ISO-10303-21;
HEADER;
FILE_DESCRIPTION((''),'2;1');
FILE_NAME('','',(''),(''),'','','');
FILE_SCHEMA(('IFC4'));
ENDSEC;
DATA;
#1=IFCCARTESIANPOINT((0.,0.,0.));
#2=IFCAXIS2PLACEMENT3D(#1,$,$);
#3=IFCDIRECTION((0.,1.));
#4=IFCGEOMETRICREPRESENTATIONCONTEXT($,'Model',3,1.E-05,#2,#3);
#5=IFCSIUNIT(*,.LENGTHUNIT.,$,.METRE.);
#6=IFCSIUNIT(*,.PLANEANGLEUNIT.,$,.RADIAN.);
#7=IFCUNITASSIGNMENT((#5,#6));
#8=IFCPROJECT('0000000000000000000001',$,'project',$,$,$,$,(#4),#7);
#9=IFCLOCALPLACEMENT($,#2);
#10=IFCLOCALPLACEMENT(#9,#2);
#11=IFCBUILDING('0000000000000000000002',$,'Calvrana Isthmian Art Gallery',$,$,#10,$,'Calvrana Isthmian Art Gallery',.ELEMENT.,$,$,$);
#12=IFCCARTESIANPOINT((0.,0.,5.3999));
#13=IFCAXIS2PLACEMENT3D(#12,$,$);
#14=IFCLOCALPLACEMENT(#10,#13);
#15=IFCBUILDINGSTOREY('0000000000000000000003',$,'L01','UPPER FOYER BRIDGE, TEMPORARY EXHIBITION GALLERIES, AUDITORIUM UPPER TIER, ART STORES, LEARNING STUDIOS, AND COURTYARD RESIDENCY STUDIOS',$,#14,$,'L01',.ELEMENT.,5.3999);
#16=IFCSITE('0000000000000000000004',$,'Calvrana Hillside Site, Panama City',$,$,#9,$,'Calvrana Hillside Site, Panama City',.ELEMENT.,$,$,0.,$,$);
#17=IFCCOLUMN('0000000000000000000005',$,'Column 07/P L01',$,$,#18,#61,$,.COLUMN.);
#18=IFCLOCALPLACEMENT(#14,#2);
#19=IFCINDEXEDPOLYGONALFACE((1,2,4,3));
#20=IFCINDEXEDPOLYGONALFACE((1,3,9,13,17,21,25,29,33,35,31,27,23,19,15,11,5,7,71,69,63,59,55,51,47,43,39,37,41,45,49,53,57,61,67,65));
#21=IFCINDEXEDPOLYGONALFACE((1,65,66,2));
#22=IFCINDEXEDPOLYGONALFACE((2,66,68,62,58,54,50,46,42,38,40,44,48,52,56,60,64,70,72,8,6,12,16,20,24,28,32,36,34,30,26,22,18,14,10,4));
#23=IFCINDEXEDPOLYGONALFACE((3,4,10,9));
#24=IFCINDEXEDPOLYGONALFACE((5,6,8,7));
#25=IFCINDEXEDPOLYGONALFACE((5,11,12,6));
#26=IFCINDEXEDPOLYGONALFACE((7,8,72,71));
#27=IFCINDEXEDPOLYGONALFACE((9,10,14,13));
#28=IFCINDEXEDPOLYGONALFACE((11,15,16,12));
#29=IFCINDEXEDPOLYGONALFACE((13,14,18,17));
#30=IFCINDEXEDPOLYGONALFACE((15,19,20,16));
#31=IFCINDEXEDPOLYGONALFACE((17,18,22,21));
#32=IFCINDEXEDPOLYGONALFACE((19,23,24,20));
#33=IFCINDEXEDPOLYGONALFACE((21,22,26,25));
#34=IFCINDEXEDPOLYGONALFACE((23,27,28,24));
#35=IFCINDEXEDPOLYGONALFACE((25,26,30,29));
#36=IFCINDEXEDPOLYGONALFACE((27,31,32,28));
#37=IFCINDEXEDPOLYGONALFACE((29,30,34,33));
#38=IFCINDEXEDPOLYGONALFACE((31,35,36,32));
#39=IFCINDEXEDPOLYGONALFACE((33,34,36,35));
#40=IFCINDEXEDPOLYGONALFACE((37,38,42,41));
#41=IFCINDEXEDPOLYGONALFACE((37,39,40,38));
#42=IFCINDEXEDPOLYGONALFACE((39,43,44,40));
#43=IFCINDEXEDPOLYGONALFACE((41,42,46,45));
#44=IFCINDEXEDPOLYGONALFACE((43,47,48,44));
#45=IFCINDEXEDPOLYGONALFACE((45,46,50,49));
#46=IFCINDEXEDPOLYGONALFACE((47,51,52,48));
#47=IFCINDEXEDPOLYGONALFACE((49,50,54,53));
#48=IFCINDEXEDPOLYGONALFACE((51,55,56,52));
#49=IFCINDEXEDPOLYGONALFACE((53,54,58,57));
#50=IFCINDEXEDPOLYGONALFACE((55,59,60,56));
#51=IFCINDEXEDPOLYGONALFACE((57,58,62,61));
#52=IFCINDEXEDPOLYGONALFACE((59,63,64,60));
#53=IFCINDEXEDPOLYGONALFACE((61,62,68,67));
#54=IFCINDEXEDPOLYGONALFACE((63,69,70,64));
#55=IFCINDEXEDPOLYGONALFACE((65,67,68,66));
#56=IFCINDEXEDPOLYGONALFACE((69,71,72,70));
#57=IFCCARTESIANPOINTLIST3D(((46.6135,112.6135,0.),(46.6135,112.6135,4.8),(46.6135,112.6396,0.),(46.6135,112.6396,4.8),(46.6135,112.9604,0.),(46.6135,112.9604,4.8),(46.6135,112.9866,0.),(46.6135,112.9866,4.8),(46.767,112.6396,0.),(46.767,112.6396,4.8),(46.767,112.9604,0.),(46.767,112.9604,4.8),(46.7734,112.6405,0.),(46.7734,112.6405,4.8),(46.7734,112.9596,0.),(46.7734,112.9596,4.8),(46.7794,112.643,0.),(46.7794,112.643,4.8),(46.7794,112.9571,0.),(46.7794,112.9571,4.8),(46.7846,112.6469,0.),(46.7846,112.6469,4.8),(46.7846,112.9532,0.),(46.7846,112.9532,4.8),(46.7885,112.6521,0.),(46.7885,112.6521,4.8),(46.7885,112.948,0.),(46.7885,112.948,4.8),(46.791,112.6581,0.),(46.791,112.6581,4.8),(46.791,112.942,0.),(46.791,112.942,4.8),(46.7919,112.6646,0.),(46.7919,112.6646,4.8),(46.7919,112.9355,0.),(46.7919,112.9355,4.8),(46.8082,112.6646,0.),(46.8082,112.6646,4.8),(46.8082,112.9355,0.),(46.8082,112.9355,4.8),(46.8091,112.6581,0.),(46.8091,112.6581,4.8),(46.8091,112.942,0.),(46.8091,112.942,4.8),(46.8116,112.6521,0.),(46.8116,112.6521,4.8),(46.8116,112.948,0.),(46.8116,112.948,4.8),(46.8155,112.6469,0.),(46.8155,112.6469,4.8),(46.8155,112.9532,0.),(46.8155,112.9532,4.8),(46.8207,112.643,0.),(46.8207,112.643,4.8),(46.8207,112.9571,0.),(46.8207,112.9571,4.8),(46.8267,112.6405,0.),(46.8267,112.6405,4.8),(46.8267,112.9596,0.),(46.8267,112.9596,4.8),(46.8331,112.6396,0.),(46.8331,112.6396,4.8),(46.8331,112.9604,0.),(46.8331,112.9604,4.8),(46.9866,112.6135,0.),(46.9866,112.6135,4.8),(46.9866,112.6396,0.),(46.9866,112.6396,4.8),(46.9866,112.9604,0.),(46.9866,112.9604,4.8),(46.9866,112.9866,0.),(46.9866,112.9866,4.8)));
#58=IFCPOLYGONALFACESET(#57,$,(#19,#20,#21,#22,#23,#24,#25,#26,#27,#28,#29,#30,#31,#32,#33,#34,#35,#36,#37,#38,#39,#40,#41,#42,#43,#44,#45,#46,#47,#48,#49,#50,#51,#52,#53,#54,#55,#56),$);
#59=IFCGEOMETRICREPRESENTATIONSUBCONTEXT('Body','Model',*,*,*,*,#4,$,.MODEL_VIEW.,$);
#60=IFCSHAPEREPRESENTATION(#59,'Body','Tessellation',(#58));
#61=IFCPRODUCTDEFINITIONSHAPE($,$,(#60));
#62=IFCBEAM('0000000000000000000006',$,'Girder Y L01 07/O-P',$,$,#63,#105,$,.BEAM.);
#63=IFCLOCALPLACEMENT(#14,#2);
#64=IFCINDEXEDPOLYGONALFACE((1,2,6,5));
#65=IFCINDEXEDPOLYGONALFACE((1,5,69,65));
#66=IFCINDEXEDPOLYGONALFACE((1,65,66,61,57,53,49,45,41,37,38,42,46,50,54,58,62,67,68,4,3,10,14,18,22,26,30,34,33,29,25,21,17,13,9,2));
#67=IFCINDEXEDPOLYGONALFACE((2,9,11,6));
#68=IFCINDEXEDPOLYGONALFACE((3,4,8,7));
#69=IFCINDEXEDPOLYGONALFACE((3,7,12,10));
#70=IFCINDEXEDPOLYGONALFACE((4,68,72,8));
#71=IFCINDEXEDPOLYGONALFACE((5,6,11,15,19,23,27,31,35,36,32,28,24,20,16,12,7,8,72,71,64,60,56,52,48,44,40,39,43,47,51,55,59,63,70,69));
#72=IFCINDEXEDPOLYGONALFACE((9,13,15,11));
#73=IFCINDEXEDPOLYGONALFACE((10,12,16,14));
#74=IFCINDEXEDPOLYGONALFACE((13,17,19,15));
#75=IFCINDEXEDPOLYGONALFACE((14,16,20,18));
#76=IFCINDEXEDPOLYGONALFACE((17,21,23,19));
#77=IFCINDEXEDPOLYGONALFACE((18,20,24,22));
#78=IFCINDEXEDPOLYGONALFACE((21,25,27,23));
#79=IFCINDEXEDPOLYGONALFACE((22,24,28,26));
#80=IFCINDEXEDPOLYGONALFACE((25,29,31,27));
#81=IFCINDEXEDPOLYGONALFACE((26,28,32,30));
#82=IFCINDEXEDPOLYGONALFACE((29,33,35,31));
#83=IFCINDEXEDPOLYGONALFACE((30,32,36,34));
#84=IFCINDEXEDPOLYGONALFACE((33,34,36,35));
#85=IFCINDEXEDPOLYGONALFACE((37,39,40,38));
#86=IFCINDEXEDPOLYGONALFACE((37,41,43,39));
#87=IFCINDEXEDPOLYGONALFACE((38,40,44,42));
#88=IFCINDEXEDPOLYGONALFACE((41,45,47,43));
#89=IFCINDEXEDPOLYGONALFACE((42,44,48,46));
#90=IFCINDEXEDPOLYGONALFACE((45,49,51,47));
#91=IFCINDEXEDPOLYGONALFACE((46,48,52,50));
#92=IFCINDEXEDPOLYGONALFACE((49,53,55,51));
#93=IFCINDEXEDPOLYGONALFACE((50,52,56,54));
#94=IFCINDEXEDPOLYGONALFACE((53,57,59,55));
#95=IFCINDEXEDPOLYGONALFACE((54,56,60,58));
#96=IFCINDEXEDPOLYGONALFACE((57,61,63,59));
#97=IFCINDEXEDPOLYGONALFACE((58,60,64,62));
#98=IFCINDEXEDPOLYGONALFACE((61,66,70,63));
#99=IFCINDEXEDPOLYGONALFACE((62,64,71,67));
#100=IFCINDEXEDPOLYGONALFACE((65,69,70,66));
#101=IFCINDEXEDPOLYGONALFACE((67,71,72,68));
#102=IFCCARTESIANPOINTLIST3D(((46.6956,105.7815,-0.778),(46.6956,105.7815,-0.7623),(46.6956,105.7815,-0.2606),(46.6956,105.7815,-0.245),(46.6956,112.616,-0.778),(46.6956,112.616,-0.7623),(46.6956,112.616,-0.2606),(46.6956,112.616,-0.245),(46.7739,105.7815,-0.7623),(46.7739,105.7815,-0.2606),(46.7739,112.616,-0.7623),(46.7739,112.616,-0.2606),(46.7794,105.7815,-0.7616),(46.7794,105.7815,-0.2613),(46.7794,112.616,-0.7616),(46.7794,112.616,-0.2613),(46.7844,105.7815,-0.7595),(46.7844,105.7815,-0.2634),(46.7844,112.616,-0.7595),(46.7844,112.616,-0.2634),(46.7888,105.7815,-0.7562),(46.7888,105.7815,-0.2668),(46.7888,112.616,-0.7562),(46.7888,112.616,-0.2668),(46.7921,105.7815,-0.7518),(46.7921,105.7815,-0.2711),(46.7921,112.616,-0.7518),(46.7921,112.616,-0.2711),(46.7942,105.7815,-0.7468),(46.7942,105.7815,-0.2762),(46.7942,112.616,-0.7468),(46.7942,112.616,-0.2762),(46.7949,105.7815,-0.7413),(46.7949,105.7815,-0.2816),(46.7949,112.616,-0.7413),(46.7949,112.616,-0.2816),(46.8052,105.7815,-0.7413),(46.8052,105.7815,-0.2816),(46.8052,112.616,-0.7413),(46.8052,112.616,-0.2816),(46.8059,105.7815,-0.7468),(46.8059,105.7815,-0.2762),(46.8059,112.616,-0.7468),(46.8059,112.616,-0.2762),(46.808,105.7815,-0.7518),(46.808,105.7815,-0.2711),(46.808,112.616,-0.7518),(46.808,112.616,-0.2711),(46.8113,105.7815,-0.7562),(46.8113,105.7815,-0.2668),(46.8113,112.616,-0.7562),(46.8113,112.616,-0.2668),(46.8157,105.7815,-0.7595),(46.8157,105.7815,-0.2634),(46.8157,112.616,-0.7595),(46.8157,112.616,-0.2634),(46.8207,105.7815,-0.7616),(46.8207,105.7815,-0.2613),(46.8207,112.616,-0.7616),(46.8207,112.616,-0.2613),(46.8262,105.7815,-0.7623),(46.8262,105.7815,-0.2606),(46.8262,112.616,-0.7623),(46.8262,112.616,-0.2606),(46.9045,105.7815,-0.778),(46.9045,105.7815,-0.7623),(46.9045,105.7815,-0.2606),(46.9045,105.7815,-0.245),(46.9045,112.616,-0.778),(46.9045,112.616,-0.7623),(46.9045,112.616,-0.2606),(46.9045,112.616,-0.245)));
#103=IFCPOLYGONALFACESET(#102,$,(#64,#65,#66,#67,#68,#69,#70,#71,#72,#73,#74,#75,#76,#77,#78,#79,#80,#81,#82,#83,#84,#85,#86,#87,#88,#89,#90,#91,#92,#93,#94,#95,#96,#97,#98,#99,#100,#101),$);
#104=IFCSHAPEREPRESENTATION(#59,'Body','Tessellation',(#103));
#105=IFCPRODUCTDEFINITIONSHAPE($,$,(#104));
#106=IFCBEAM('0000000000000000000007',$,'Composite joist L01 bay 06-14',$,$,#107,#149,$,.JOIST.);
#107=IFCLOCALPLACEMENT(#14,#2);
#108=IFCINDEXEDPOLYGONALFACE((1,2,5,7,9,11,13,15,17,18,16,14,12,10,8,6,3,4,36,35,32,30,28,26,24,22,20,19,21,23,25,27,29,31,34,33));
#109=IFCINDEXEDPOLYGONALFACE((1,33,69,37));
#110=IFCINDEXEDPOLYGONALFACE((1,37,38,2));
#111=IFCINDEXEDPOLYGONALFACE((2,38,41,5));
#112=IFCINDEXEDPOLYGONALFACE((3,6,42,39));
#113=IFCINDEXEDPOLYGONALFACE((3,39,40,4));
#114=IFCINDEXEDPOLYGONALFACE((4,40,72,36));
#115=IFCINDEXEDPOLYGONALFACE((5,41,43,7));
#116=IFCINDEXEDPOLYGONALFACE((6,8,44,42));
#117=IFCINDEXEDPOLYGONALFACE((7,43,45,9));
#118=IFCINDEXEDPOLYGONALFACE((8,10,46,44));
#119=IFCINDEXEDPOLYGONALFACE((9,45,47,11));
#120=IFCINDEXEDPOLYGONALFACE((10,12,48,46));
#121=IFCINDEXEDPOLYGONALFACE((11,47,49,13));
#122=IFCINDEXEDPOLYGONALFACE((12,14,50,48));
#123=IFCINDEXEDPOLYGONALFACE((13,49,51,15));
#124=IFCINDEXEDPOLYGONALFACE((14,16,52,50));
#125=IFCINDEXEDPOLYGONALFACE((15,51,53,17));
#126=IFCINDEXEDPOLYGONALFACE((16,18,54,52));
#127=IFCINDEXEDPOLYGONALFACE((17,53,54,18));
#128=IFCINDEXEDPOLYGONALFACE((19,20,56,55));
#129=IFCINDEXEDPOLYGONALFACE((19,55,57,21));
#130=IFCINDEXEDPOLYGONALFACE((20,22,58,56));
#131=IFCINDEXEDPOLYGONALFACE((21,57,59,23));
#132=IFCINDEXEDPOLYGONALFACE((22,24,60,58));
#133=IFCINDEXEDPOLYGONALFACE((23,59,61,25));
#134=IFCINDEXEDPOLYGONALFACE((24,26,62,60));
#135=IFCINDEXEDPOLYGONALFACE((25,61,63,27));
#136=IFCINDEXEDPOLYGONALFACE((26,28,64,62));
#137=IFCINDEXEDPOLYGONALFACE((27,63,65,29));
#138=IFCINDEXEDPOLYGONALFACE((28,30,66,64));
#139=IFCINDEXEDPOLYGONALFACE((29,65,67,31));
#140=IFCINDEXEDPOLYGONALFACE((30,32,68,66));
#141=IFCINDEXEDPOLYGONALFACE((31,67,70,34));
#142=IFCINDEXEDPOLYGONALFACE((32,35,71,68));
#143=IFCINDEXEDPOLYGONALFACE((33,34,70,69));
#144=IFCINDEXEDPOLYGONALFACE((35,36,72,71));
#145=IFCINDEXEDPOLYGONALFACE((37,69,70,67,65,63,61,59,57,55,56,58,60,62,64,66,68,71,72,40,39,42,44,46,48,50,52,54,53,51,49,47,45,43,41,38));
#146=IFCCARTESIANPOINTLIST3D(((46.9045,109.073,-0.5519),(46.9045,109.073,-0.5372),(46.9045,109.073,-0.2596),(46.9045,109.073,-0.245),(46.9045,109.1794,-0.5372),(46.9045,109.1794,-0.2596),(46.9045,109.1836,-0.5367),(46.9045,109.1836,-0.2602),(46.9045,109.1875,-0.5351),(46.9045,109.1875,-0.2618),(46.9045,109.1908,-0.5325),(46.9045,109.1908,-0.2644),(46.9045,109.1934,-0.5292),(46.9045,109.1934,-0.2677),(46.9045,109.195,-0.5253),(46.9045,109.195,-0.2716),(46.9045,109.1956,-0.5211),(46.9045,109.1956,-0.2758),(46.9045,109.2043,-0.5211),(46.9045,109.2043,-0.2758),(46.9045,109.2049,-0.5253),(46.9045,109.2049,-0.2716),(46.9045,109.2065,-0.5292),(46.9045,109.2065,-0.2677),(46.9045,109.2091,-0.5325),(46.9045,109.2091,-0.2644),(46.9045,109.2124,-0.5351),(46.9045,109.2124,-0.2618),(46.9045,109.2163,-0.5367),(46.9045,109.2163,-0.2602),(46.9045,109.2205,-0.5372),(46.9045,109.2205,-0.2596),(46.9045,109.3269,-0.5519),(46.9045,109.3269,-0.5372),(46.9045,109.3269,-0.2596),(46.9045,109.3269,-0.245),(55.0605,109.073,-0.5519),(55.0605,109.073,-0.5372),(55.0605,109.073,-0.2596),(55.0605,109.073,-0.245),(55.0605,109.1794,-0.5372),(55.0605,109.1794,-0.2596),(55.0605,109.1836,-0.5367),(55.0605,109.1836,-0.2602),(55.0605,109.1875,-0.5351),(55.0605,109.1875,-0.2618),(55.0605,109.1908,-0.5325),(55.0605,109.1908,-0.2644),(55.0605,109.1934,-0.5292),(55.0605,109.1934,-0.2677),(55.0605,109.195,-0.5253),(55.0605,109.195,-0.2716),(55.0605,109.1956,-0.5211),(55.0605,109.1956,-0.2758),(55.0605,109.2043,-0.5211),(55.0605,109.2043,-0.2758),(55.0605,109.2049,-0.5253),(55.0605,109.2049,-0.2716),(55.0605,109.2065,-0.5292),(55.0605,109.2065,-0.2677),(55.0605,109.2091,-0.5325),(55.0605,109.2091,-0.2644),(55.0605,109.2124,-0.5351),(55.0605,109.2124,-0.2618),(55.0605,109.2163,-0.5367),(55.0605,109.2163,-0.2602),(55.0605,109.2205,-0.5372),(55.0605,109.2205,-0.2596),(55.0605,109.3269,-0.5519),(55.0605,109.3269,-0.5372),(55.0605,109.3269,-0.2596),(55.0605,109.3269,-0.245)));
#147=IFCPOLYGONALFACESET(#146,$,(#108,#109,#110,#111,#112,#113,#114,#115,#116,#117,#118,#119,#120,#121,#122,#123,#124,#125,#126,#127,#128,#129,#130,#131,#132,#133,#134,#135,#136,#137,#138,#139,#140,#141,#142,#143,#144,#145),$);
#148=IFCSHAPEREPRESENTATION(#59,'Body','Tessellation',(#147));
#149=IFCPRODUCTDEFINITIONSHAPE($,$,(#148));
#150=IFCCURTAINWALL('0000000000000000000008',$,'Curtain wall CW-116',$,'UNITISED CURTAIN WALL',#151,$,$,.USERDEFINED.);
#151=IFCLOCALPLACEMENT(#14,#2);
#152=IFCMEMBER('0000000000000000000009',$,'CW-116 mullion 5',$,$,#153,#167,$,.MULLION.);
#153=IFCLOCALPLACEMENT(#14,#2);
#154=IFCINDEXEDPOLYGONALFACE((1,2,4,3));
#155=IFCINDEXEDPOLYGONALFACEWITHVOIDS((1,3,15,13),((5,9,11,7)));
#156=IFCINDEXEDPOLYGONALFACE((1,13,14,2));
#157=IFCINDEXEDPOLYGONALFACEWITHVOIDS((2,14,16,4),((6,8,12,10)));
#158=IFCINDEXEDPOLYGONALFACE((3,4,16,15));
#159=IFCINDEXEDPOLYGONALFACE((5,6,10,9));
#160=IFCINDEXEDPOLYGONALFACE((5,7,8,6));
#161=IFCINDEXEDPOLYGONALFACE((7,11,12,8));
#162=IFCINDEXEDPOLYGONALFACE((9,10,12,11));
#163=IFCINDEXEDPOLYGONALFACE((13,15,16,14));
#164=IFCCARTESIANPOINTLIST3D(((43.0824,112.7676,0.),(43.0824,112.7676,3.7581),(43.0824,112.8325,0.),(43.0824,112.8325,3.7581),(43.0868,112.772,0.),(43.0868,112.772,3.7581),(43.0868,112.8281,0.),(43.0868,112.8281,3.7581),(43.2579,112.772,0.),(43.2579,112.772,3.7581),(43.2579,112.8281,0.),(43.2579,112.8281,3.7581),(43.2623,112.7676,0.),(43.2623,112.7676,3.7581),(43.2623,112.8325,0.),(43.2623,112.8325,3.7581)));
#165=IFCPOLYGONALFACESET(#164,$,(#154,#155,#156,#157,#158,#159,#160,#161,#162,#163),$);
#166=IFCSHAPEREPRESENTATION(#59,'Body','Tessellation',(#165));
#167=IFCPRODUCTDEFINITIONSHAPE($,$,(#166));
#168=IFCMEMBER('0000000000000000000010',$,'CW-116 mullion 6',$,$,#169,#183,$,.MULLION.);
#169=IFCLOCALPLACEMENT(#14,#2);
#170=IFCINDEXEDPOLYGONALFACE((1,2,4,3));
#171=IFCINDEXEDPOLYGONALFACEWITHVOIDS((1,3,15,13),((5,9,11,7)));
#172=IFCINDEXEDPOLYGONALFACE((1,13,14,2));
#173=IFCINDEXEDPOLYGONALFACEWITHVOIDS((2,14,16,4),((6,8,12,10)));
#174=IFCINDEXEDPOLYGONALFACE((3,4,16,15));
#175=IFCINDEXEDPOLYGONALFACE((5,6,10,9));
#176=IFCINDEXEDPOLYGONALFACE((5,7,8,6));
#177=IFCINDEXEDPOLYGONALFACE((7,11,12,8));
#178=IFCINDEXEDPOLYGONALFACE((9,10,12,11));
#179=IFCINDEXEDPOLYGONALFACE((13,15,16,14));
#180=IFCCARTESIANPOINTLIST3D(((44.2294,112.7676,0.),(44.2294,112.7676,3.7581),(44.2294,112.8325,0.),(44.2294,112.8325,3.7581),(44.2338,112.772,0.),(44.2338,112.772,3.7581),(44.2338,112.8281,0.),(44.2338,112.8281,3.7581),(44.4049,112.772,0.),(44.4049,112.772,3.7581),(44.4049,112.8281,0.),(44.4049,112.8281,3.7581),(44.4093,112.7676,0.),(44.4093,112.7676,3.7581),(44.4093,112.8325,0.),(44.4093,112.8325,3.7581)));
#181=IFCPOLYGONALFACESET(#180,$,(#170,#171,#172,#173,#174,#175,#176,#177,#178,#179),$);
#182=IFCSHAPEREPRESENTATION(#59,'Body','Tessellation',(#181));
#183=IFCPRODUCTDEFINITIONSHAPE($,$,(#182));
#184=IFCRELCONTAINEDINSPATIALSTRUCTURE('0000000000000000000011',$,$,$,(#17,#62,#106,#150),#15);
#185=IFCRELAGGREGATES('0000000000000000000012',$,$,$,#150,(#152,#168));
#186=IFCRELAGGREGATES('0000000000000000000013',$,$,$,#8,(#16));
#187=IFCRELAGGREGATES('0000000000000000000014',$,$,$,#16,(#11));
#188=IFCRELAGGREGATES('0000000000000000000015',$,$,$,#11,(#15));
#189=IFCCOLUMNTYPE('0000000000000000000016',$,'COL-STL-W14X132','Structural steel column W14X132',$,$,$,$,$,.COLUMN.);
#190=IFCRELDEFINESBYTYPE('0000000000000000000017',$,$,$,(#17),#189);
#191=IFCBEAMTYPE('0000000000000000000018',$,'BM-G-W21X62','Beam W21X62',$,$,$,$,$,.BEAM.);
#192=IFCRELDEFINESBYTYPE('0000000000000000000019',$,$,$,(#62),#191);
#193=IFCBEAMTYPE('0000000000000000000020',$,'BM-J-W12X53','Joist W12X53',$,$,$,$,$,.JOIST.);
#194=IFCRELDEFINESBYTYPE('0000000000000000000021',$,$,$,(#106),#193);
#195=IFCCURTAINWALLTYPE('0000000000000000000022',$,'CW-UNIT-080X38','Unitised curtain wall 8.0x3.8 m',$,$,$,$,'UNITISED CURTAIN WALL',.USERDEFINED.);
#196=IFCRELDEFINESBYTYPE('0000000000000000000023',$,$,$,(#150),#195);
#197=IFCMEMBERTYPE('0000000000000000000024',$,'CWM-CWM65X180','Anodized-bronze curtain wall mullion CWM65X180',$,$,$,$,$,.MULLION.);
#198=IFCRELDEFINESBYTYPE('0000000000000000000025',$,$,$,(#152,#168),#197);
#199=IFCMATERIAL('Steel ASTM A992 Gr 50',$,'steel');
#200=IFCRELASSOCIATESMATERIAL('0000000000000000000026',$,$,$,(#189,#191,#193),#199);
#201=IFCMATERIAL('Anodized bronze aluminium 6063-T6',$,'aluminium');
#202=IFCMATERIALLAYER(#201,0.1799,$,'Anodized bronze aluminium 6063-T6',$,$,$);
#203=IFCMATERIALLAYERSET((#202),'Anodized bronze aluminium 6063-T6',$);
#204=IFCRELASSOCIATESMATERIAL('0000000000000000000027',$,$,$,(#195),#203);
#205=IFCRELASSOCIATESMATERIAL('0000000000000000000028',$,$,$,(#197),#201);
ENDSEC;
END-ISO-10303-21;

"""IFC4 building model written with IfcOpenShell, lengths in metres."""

from ifc_helpers import new_model, si_unit, direction, frame, origin, origin_2d, place, context, subcontext, project, spatial, hollow_rectangle, i_section, extrude, material, layer, layer_set, material_profile, profile_set, type_object, element, aggregate, save


model = new_model("IFC4")

# Units and contexts
model_context = context("Model", 3, precision=1e-05, world=origin(), true_north=direction((0.0, 1.0)))
body_context = subcontext(model_context, "Body", "Model", "MODEL_VIEW")
ifc_project = project(units=[si_unit("LENGTHUNIT", "METRE"), si_unit("PLANEANGLEUNIT", "RADIAN")], contexts=[model_context])

# Site, building, storey
site_placement = place(None, origin())
site = spatial("IfcSite", under=ifc_project, at=site_placement, Name="Calvrana Hillside Site, Panama City", LongName="Calvrana Hillside Site, Panama City", CompositionType="ELEMENT", RefElevation=0.0)
building_placement = place(site_placement, origin())
building = spatial("IfcBuilding", under=site, at=building_placement, Name="Calvrana Isthmian Art Gallery", LongName="Calvrana Isthmian Art Gallery", CompositionType="ELEMENT")
storey_placement = place(building_placement, frame((0.0, 0.0, 5.3999)))
storey = spatial("IfcBuildingStorey", under=building, at=storey_placement, Name="L01", Description="UPPER FOYER BRIDGE, TEMPORARY EXHIBITION GALLERIES, AUDITORIUM UPPER TIER, ART STORES, LEARNING STUDIOS, AND COURTYARD RESIDENCY STUDIOS", LongName="L01", CompositionType="ELEMENT", Elevation=5.3999)

# Column
ifc_material_1 = material(Name="Steel ASTM A992 Gr 50", Category="steel")
ifc_material_profile_1 = material_profile(ifc_material_1, i_section(OverallWidth=0.373, OverallDepth=0.373, WebThickness=0.0164, FlangeThickness=0.0261, FilletRadius=0.0249, at=origin_2d()), Name="W14X132")
ifc_profile_set_1 = profile_set([ifc_material_profile_1], Name="Steel ASTM A992 Gr 50")
column_type = type_object("IfcColumnType", Name="COL-STL-W14X132", Description="Structural steel column W14X132", PredefinedType="COLUMN", material=ifc_profile_set_1)
column_placement = place(storey_placement, frame((46.8, 112.8, 0.0), z_axis=(0.0, 0.0, 1.0), x_axis=(1.0, 0.0, 0.0)))
element("IfcColumn", 1, at=column_placement, inside=storey, type_object=column_type, Name="Column 07/P L01", PredefinedType="COLUMN", context=body_context, shape_type="SweptSolid", body=[
    extrude(i_section(OverallWidth=0.373, OverallDepth=0.373, WebThickness=0.0164, FlangeThickness=0.0261, FilletRadius=0.0249, at=origin_2d()), origin(), (0.0, 0.0, 1.0), 4.8),
])

# Beams
ifc_material_profile_2 = material_profile(ifc_material_1, i_section(OverallWidth=0.209, OverallDepth=0.533, WebThickness=0.0103, FlangeThickness=0.0156, FilletRadius=0.021, at=origin_2d()), Name="W21X62")
ifc_profile_set_2 = profile_set([ifc_material_profile_2], Name="Steel ASTM A992 Gr 50")
beam_type_1 = type_object("IfcBeamType", Name="BM-G-W21X62", Description="Beam W21X62", PredefinedType="BEAM", material=ifc_profile_set_2)
beam_1_placement = place(storey_placement, frame((46.8, 105.7815, -0.5115), z_axis=(0.0, 1.0, 0.0), x_axis=(-1.0, 0.0, 0.0)))
element("IfcBeam", 2, at=beam_1_placement, inside=storey, type_object=beam_type_1, Name="Girder Y L01 07/O-P", PredefinedType="BEAM", context=body_context, shape_type="SweptSolid", body=[
    extrude(i_section(OverallWidth=0.209, OverallDepth=0.533, WebThickness=0.0103, FlangeThickness=0.0156, FilletRadius=0.021, at=origin_2d()), origin(), (0.0, 0.0, 1.0), 6.8345),
])
ifc_material_profile_3 = material_profile(ifc_material_1, i_section(OverallWidth=0.2539, OverallDepth=0.3069, WebThickness=0.0088, FlangeThickness=0.0146, FilletRadius=0.0161, at=origin_2d()), Name="W12X53")
ifc_profile_set_3 = profile_set([ifc_material_profile_3], Name="Steel ASTM A992 Gr 50")
beam_type_2 = type_object("IfcBeamType", Name="BM-J-W12X53", Description="Joist W12X53", PredefinedType="JOIST", material=ifc_profile_set_3)
beam_2_placement = place(storey_placement, frame((46.9045, 109.2, -0.3984), z_axis=(1.0, 0.0, 0.0), x_axis=(0.0, 1.0, 0.0)))
element("IfcBeam", 3, at=beam_2_placement, inside=storey, type_object=beam_type_2, Name="Composite joist L01 bay 06-14", PredefinedType="JOIST", context=body_context, shape_type="SweptSolid", body=[
    extrude(i_section(OverallWidth=0.2539, OverallDepth=0.3069, WebThickness=0.0088, FlangeThickness=0.0146, FilletRadius=0.0161, at=origin_2d()), origin(), (0.0, 0.0, 1.0), 8.156),
])

# Curtain wall, members
ifc_material_2 = material(Name="Anodized bronze aluminium 6063-T6", Category="aluminium")
ifc_layer_1 = layer(ifc_material_2, 0.1799, Name="Anodized bronze aluminium 6063-T6")
ifc_layer_set_1 = layer_set([ifc_layer_1], Name="Anodized bronze aluminium 6063-T6")
curtain_wall_type = type_object("IfcCurtainWallType", Name="CW-UNIT-080X38", Description="Unitised curtain wall 8.0x3.8 m", ElementType="UNITISED CURTAIN WALL", PredefinedType="USERDEFINED", material=ifc_layer_set_1)
curtain_wall_placement = place(storey_placement, origin())
curtain_wall = element("IfcCurtainWall", 4, at=curtain_wall_placement, inside=storey, type_object=curtain_wall_type, Name="Curtain wall CW-116", ObjectType="UNITISED CURTAIN WALL", PredefinedType="USERDEFINED")
ifc_material_profile_4 = material_profile(ifc_material_2, hollow_rectangle(XDim=0.0649, YDim=0.1799, WallThickness=0.0044, at=origin_2d()), Name="CWM65X180")
ifc_profile_set_4 = profile_set([ifc_material_profile_4], Name="Anodized bronze aluminium 6063-T6")
member_type_1 = type_object("IfcMemberType", Name="CWM-CWM65X180", Description="Anodized-bronze curtain wall mullion CWM65X180", PredefinedType="MULLION", material=ifc_profile_set_4)
member_1_placement = place(storey_placement, frame((43.1724, 112.8, 0.0), z_axis=(0.0, 0.0, 1.0), x_axis=(0.0, 1.0, 0.0)))
member_1 = element("IfcMember", 5, at=member_1_placement, type_object=member_type_1, Name="CW-116 mullion 5", PredefinedType="MULLION", context=body_context, shape_type="SweptSolid", body=[
    extrude(hollow_rectangle(XDim=0.0649, YDim=0.1799, WallThickness=0.0044, at=origin_2d()), origin(), (0.0, 0.0, 1.0), 3.7581),
])
member_2_placement = place(storey_placement, frame((44.3193, 112.8, 0.0), z_axis=(0.0, 0.0, 1.0), x_axis=(0.0, 1.0, 0.0)))
member_2 = element("IfcMember", 6, at=member_2_placement, type_object=member_type_1, Name="CW-116 mullion 6", PredefinedType="MULLION", context=body_context, shape_type="SweptSolid", body=[
    extrude(hollow_rectangle(XDim=0.0649, YDim=0.1799, WallThickness=0.0044, at=origin_2d()), origin(), (0.0, 0.0, 1.0), 3.7581),
])
aggregate(curtain_wall, [member_1, member_2])

save(model, "model.ifc")
